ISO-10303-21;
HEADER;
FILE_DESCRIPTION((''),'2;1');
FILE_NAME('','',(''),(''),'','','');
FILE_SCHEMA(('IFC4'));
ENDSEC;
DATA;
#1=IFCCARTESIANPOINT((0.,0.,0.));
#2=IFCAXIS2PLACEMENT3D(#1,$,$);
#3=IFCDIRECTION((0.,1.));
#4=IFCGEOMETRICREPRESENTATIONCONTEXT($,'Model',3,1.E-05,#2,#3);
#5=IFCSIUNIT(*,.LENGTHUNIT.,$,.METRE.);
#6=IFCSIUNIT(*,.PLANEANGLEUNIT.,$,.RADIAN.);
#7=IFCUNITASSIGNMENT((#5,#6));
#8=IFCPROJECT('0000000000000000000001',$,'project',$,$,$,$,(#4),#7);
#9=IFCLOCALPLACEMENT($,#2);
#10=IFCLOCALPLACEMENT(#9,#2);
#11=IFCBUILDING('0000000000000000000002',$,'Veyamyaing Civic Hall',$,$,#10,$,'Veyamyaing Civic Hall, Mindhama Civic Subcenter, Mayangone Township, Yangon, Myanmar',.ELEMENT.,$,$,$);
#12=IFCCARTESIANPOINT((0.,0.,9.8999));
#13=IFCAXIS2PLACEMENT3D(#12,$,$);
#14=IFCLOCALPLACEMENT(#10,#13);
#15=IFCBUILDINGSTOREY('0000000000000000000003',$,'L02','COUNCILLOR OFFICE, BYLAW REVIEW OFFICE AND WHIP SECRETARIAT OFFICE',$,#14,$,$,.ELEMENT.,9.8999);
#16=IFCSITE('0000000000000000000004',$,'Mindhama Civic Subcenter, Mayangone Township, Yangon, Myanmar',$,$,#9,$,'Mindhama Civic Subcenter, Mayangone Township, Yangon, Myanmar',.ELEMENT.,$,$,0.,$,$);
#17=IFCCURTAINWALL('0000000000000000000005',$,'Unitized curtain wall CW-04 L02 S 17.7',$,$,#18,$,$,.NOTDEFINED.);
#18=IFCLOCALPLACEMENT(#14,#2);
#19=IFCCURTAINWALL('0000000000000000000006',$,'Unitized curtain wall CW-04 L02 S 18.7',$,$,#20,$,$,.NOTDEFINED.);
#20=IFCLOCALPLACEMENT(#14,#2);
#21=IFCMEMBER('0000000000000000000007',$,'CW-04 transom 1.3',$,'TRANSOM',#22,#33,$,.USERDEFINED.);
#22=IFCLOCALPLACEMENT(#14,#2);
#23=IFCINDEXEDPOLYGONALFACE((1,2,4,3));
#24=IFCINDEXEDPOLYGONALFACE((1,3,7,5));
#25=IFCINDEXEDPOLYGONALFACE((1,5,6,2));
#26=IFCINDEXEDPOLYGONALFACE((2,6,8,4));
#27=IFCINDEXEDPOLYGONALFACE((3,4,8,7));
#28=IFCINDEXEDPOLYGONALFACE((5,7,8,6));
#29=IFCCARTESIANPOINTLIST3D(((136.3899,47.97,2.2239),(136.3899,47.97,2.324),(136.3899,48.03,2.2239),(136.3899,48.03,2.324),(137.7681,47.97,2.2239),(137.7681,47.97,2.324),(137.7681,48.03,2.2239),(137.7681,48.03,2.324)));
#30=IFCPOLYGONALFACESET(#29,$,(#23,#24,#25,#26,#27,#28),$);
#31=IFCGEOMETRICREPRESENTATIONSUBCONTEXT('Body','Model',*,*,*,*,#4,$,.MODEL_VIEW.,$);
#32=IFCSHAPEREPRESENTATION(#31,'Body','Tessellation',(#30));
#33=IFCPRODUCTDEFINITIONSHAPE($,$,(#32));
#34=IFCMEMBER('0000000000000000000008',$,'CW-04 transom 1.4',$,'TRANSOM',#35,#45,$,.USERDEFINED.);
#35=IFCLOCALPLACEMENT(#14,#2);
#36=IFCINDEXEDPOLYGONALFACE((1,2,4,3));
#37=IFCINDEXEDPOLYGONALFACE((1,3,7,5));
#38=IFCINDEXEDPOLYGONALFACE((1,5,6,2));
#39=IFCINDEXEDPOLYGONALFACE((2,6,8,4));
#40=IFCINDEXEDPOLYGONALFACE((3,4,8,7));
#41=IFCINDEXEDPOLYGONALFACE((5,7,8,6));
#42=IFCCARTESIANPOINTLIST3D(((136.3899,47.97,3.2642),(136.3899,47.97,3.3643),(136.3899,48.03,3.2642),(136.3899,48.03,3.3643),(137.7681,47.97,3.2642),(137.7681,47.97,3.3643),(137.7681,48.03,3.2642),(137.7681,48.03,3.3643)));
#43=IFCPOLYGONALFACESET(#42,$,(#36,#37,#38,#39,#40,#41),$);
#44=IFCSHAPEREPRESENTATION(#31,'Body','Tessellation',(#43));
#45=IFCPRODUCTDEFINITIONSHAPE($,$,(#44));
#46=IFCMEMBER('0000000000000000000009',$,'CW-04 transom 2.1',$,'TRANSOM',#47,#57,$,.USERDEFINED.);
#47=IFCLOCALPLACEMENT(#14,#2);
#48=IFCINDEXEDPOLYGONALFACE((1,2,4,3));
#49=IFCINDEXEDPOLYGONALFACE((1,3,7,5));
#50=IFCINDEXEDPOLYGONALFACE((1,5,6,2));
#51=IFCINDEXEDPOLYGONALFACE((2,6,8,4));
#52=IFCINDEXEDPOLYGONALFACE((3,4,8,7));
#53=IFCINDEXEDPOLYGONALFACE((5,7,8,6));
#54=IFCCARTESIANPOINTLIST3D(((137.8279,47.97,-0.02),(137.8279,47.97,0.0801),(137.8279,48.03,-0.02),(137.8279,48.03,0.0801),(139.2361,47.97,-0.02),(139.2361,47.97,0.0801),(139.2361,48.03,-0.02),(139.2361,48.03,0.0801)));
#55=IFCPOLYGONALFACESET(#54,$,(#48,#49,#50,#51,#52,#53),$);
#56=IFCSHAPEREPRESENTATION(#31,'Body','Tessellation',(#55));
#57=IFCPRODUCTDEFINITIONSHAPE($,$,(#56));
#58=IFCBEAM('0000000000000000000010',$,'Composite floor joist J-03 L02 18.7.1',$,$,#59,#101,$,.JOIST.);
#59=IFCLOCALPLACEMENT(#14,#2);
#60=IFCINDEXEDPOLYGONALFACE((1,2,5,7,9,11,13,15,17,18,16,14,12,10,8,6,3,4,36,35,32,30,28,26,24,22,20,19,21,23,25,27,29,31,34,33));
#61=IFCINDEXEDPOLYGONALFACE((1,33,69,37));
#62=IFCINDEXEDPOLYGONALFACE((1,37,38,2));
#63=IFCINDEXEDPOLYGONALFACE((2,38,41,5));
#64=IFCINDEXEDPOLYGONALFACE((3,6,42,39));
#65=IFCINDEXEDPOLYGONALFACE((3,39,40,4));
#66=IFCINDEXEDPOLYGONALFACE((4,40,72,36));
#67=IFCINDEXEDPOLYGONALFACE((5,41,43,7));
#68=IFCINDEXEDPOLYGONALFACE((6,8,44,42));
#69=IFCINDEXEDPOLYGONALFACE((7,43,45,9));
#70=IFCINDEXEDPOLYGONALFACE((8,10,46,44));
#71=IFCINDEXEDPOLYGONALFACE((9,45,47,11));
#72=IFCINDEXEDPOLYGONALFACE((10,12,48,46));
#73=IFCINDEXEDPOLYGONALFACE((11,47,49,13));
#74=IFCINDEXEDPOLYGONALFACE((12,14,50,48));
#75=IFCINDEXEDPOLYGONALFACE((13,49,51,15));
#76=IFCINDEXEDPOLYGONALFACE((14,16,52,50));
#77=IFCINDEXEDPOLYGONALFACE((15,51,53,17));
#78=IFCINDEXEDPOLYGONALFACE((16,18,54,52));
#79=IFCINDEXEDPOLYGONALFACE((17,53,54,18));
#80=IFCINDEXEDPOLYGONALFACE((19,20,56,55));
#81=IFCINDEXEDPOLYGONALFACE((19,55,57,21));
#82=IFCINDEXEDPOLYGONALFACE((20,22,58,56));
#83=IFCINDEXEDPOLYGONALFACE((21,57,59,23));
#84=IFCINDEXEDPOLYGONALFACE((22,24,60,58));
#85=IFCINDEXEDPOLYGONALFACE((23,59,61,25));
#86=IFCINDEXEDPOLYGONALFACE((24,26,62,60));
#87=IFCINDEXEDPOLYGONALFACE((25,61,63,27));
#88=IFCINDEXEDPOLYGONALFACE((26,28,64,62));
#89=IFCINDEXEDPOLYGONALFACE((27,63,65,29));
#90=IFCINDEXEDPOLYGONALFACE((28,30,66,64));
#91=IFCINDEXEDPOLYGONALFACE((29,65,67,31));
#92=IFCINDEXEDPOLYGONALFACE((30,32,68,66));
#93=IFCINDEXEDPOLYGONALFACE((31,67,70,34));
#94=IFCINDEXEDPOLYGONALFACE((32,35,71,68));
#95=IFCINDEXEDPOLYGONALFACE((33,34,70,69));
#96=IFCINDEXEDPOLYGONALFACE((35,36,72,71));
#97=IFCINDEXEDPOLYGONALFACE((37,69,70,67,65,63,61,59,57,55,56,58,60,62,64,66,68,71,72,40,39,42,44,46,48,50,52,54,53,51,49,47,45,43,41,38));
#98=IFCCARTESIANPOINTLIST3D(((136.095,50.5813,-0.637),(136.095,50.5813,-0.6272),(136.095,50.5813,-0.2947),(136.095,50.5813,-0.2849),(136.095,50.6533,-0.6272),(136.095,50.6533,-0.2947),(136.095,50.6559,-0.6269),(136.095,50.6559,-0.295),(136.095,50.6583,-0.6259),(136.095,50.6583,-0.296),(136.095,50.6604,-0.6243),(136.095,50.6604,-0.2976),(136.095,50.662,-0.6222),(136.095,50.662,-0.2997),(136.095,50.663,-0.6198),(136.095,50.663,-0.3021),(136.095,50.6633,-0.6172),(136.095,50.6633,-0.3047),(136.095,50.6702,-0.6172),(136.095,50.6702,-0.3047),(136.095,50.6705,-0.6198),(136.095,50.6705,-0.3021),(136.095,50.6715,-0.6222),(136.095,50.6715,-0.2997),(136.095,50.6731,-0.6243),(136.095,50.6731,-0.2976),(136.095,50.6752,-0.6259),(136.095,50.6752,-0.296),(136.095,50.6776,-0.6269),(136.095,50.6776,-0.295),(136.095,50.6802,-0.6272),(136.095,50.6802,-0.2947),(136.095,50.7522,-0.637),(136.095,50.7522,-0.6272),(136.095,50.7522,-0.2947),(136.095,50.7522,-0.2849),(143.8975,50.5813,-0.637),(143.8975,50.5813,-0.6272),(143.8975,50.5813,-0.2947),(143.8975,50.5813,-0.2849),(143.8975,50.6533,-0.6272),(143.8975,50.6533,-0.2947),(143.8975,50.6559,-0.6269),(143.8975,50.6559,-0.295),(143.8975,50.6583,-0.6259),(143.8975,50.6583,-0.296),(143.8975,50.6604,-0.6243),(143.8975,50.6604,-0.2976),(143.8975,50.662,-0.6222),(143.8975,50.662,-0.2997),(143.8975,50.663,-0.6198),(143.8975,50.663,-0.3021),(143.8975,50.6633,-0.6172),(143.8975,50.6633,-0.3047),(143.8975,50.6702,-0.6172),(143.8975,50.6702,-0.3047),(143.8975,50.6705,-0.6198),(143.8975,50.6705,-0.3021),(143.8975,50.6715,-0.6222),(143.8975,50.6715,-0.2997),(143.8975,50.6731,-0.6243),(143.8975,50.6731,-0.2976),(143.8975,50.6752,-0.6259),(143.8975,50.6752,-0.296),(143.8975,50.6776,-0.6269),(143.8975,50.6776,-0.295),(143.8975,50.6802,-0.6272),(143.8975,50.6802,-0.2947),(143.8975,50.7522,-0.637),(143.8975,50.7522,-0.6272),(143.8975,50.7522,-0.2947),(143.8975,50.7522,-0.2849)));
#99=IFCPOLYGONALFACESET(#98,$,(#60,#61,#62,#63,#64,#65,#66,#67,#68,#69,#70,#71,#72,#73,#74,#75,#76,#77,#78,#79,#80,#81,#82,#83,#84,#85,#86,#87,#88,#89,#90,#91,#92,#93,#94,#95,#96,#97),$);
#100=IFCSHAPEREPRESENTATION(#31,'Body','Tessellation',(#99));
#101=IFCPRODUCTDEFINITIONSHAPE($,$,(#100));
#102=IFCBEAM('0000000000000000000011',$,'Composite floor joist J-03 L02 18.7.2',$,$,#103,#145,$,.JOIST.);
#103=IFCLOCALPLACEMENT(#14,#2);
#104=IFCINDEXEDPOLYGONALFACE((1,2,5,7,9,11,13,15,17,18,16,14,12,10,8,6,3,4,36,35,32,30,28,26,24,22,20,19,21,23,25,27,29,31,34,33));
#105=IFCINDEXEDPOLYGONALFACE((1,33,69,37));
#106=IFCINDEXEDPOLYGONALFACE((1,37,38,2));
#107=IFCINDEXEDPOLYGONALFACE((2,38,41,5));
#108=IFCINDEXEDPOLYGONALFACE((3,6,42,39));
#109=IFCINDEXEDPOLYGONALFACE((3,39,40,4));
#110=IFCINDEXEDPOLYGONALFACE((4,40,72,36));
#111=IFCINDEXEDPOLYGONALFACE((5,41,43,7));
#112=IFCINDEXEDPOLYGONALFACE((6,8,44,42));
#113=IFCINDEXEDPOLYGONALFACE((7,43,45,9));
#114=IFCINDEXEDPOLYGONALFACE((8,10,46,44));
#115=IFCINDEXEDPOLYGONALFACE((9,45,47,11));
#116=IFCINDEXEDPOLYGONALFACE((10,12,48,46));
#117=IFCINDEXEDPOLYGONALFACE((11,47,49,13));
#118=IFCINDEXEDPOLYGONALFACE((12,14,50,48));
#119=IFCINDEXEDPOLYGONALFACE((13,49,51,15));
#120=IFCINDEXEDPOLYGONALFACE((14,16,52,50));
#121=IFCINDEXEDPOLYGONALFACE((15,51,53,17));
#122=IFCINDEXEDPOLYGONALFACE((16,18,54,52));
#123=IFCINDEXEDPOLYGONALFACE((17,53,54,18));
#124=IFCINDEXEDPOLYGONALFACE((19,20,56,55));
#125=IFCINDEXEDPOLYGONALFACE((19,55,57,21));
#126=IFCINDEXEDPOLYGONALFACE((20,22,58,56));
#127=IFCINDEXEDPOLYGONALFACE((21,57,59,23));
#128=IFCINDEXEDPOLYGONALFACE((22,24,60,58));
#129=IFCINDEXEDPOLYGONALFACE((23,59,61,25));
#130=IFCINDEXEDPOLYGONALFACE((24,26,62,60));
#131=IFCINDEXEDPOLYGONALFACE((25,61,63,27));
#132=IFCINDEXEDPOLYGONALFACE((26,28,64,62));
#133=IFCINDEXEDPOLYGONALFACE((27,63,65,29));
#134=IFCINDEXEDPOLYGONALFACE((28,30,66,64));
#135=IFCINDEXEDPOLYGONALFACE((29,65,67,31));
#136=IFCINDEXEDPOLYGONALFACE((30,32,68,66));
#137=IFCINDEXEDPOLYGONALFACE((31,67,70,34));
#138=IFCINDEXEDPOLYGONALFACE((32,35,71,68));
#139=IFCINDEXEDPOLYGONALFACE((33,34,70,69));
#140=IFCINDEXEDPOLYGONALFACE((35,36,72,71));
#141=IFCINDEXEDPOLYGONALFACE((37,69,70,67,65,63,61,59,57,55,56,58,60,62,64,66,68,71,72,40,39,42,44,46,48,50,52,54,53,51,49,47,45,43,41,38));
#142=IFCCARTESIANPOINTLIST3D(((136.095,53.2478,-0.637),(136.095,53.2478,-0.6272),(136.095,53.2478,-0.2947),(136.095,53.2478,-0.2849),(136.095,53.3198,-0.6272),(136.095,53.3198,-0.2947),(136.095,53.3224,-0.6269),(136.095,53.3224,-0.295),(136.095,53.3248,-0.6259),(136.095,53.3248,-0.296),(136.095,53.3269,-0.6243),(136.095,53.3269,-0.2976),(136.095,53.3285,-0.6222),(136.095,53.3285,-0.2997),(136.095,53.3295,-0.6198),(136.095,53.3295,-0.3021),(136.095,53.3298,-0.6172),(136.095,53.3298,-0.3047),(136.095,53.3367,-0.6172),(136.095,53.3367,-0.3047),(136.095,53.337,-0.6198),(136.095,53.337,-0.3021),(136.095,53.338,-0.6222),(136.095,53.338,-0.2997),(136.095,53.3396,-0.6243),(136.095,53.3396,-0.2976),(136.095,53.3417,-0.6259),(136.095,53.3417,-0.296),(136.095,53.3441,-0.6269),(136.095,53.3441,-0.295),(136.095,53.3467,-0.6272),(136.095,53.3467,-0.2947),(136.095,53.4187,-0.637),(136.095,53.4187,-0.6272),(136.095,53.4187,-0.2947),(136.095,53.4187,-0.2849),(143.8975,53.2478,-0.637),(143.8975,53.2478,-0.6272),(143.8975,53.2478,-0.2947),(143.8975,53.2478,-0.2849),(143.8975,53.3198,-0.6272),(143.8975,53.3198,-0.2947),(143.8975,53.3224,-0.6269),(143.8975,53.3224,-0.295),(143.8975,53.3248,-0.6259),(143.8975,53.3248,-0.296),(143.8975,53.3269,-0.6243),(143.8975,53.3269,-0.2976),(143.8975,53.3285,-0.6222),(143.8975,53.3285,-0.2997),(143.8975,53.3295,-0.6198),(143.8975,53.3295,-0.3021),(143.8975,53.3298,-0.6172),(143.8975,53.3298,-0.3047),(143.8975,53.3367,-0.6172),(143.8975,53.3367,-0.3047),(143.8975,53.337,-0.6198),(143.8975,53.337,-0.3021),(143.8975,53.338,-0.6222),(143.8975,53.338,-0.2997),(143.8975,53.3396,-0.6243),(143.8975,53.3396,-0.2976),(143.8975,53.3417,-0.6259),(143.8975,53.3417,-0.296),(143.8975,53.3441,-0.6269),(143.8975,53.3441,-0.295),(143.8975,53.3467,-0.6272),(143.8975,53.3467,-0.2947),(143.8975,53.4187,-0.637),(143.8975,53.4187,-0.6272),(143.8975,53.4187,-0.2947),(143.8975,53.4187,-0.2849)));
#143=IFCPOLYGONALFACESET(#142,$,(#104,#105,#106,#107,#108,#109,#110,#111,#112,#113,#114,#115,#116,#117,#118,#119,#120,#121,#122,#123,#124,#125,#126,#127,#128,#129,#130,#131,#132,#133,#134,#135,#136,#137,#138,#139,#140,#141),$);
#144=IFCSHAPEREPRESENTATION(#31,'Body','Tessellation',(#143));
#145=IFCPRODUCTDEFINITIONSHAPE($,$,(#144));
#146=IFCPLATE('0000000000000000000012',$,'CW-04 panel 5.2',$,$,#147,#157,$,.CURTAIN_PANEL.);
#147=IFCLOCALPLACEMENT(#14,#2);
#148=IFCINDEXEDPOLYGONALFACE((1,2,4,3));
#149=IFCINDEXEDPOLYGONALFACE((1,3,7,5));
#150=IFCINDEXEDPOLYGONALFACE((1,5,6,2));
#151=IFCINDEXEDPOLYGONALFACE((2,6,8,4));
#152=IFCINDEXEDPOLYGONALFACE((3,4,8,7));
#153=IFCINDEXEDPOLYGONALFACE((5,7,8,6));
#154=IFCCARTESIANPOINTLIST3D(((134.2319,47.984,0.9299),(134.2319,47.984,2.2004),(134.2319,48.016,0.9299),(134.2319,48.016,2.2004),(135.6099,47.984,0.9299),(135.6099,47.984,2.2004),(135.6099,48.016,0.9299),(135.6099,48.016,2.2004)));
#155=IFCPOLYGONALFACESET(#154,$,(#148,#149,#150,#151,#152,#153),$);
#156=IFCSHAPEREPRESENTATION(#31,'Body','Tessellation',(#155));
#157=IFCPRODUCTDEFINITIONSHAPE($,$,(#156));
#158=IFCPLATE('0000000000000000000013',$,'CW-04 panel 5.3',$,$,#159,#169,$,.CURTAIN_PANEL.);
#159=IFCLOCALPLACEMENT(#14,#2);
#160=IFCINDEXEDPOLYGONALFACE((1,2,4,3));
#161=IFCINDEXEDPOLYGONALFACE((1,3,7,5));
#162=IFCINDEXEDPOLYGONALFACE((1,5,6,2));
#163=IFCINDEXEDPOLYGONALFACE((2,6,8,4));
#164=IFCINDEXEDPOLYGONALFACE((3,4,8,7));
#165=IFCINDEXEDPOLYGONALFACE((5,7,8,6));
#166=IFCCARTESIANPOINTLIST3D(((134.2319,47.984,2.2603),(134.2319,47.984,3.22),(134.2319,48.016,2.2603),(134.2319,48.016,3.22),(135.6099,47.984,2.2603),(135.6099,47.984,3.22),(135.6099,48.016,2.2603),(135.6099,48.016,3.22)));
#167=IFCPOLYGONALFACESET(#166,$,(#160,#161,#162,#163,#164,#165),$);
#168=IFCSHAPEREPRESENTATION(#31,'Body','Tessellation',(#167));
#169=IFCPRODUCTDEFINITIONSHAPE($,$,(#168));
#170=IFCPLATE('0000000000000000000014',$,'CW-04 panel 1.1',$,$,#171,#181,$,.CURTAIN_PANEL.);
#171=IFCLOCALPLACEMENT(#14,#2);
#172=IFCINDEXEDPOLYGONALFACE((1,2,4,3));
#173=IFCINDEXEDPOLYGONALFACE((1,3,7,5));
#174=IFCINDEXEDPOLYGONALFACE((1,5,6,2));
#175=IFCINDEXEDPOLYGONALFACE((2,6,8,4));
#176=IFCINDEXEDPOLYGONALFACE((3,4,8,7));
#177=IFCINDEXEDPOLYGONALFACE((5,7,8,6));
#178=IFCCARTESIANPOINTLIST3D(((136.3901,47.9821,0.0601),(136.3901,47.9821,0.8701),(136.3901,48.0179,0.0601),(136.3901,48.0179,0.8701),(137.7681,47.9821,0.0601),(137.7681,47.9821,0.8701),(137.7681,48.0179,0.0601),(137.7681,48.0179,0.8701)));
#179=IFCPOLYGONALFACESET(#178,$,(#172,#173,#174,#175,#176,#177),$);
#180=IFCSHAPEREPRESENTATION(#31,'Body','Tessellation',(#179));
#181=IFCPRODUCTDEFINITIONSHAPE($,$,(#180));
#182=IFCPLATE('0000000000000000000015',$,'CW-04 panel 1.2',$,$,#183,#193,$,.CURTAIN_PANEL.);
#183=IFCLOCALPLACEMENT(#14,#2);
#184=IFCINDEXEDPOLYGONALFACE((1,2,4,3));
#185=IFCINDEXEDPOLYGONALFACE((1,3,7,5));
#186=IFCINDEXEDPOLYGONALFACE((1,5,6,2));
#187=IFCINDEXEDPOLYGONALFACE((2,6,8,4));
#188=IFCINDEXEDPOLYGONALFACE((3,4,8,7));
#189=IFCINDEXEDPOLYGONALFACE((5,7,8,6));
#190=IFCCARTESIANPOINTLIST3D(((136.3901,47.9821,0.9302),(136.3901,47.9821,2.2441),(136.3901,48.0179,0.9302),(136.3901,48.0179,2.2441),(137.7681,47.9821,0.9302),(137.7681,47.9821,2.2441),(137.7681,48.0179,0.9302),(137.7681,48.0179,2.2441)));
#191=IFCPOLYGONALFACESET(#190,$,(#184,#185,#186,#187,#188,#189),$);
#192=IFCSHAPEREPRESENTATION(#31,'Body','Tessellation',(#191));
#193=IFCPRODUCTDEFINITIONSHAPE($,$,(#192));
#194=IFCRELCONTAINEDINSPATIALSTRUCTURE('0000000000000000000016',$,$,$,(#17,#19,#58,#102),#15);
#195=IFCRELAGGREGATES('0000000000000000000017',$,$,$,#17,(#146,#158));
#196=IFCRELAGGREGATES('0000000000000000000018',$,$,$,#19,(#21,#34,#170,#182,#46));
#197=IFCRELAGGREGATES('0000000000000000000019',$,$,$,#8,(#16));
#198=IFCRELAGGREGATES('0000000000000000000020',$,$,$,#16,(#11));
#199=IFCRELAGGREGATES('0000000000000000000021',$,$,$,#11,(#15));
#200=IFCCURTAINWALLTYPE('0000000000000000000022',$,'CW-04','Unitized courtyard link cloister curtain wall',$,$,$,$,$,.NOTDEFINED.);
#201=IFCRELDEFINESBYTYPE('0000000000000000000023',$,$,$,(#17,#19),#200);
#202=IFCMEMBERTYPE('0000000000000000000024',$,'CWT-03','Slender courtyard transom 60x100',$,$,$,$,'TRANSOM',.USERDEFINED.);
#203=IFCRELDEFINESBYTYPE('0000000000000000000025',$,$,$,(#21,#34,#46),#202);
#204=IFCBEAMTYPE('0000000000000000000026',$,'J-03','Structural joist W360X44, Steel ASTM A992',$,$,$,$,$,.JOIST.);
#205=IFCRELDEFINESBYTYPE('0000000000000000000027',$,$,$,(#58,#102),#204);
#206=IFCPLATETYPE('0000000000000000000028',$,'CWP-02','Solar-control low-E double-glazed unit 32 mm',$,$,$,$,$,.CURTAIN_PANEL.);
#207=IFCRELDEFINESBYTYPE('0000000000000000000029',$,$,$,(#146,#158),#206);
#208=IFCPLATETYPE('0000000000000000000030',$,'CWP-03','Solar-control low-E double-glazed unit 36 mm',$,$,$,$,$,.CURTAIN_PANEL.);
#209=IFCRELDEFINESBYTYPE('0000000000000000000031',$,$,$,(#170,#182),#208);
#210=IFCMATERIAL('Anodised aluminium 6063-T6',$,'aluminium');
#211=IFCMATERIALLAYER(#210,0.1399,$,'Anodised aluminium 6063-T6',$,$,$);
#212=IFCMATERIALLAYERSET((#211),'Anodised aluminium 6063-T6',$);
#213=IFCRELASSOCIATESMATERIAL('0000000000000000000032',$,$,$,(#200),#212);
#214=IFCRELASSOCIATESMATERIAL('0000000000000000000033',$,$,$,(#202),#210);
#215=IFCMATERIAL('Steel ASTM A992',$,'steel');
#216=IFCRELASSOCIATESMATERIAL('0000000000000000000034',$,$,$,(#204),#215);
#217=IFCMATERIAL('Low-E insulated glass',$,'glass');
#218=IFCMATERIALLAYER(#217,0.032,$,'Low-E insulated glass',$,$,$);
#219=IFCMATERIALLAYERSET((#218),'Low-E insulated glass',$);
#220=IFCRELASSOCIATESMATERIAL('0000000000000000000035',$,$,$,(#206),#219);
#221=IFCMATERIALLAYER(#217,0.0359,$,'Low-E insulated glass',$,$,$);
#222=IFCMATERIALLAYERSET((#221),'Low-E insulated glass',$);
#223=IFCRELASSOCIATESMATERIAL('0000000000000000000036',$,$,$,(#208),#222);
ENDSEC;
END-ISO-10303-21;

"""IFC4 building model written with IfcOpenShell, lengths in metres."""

from ifc_helpers import new_model, si_unit, direction, frame, origin, origin_2d, place, context, subcontext, project, spatial, rectangle, i_section, extrude, material, layer, layer_set, material_profile, profile_set, type_object, element, aggregate, save


model = new_model("IFC4")

# Units and contexts
model_context = context("Model", 3, precision=1e-05, world=origin(), true_north=direction((0.0, 1.0)))
body_context = subcontext(model_context, "Body", "Model", "MODEL_VIEW")
ifc_project = project(units=[si_unit("LENGTHUNIT", "METRE"), si_unit("PLANEANGLEUNIT", "RADIAN")], contexts=[model_context])

# Site, building, storey
site_placement = place(None, origin())
site = spatial("IfcSite", under=ifc_project, at=site_placement, Name="Mindhama Civic Subcenter, Mayangone Township, Yangon, Myanmar", LongName="Mindhama Civic Subcenter, Mayangone Township, Yangon, Myanmar", CompositionType="ELEMENT", RefElevation=0.0)
building_placement = place(site_placement, origin())
building = spatial("IfcBuilding", under=site, at=building_placement, Name="Veyamyaing Civic Hall", LongName="Veyamyaing Civic Hall, Mindhama Civic Subcenter, Mayangone Township, Yangon, Myanmar", CompositionType="ELEMENT")
storey_placement = place(building_placement, frame((0.0, 0.0, 9.8999)))
storey = spatial("IfcBuildingStorey", under=building, at=storey_placement, Name="L02", Description="COUNCILLOR OFFICE, BYLAW REVIEW OFFICE AND WHIP SECRETARIAT OFFICE", CompositionType="ELEMENT", Elevation=9.8999)

# Shared definitions
ifc_material_1 = material(Name="Steel ASTM A992", Category="steel")

# Curtain wall
ifc_material_2 = material(Name="Anodised aluminium 6063-T6", Category="aluminium")
ifc_layer_1 = layer(ifc_material_2, 0.1399, Name="Anodised aluminium 6063-T6")
ifc_layer_set_1 = layer_set([ifc_layer_1], Name="Anodised aluminium 6063-T6")
curtain_wall_type = type_object("IfcCurtainWallType", Name="CW-04", Description="Unitized courtyard link cloister curtain wall", PredefinedType="NOTDEFINED", material=ifc_layer_set_1)
curtain_wall_1_placement = place(storey_placement, origin())
curtain_wall_1 = element("IfcCurtainWall", 1, at=curtain_wall_1_placement, inside=storey, type_object=curtain_wall_type, Name="Unitized curtain wall CW-04 L02 S 17.7", PredefinedType="NOTDEFINED")

# Curtain wall, members
curtain_wall_2_placement = place(storey_placement, origin())
curtain_wall_2 = element("IfcCurtainWall", 2, at=curtain_wall_2_placement, inside=storey, type_object=curtain_wall_type, Name="Unitized curtain wall CW-04 L02 S 18.7", PredefinedType="NOTDEFINED")
ifc_material_profile_1 = material_profile(ifc_material_2, rectangle(XDim=0.0601, YDim=0.1001, at=origin_2d()), Name="ALU-TRN-60X100")
ifc_profile_set_1 = profile_set([ifc_material_profile_1], Name="Anodised aluminium 6063-T6")
member_type_1 = type_object("IfcMemberType", Name="CWT-03", Description="Slender courtyard transom 60x100", ElementType="TRANSOM", PredefinedType="USERDEFINED", material=ifc_profile_set_1)
member_1_placement = place(storey_placement, frame((136.3899, 48.0, 2.2739), z_axis=(1.0, 0.0, 0.0), x_axis=(0.0, 1.0, 0.0)))
member_1 = element("IfcMember", 3, at=member_1_placement, type_object=member_type_1, Name="CW-04 transom 1.3", ObjectType="TRANSOM", PredefinedType="USERDEFINED", context=body_context, shape_type="SweptSolid", body=[
    extrude(rectangle(XDim=0.0601, YDim=0.1001, at=origin_2d()), origin(), (0.0, 0.0, 1.0), 1.3782),
])
member_2_placement = place(storey_placement, frame((136.3899, 48.0, 3.3142), z_axis=(1.0, 0.0, 0.0), x_axis=(0.0, 1.0, 0.0)))
member_2 = element("IfcMember", 4, at=member_2_placement, type_object=member_type_1, Name="CW-04 transom 1.4", ObjectType="TRANSOM", PredefinedType="USERDEFINED", context=body_context, shape_type="SweptSolid", body=[
    extrude(rectangle(XDim=0.0601, YDim=0.1001, at=origin_2d()), origin(), (0.0, 0.0, 1.0), 1.3782),
])
member_3_placement = place(storey_placement, frame((137.8279, 48.0, 0.03), z_axis=(1.0, 0.0, 0.0), x_axis=(0.0, 1.0, 0.0)))
member_3 = element("IfcMember", 5, at=member_3_placement, type_object=member_type_1, Name="CW-04 transom 2.1", ObjectType="TRANSOM", PredefinedType="USERDEFINED", context=body_context, shape_type="SweptSolid", body=[
    extrude(rectangle(XDim=0.0601, YDim=0.1001, at=origin_2d()), origin(), (0.0, 0.0, 1.0), 1.4082),
])

# Beams
ifc_material_profile_2 = material_profile(ifc_material_1, i_section(OverallWidth=0.1709, OverallDepth=0.3521, WebThickness=0.0068, FlangeThickness=0.0098, FilletRadius=0.01, at=origin_2d()), Name="W360X44")
ifc_profile_set_2 = profile_set([ifc_material_profile_2], Name="Steel ASTM A992")
beam_type_1 = type_object("IfcBeamType", Name="J-03", Description="Structural joist W360X44, Steel ASTM A992", PredefinedType="JOIST", material=ifc_profile_set_2)
for number, where, z_axis, x_axis, name in (
    (6, (136.095, 50.6667, -0.4609), (1.0, 0.0, 0.0), (0.0, 1.0, 0.0), "Composite floor joist J-03 L02 18.7.1"),
    (7, (136.095, 53.3333, -0.4609), (1.0, 0.0, 0.0), (0.0, 1.0, 0.0), "Composite floor joist J-03 L02 18.7.2"),
):
    element("IfcBeam", number, at=place(storey_placement, frame(where, z_axis=z_axis, x_axis=x_axis)), inside=storey, type_object=beam_type_1, Name=name, PredefinedType="JOIST", context=body_context, shape_type="SweptSolid", body=[
        extrude(i_section(OverallWidth=0.1709, OverallDepth=0.3521, WebThickness=0.0068, FlangeThickness=0.0098, FilletRadius=0.01, at=origin_2d()), origin(), (0.0, 0.0, 1.0), 7.8025),
    ])

# Plates
ifc_material_3 = material(Name="Low-E insulated glass", Category="glass")
ifc_layer_2 = layer(ifc_material_3, 0.032, Name="Low-E insulated glass")
ifc_layer_set_2 = layer_set([ifc_layer_2], Name="Low-E insulated glass")
plate_type_1 = type_object("IfcPlateType", Name="CWP-02", Description="Solar-control low-E double-glazed unit 32 mm", PredefinedType="CURTAIN_PANEL", material=ifc_layer_set_2)
plate_1_placement = place(storey_placement, frame((134.9209, 48.0, 0.9299), z_axis=(0.0, 0.0, 1.0), x_axis=(1.0, 0.0, 0.0)))
plate_1 = element("IfcPlate", 8, at=plate_1_placement, type_object=plate_type_1, Name="CW-04 panel 5.2", PredefinedType="CURTAIN_PANEL", context=body_context, shape_type="SweptSolid", body=[
    extrude(rectangle(XDim=1.3779, YDim=0.032, at=origin_2d()), origin(), (0.0, 0.0, 1.0), 1.2705),
])
plate_2_placement = place(storey_placement, frame((134.9209, 48.0, 2.2603), z_axis=(0.0, 0.0, 1.0), x_axis=(1.0, 0.0, 0.0)))
plate_2 = element("IfcPlate", 9, at=plate_2_placement, type_object=plate_type_1, Name="CW-04 panel 5.3", PredefinedType="CURTAIN_PANEL", context=body_context, shape_type="SweptSolid", body=[
    extrude(rectangle(XDim=1.3779, YDim=0.032, at=origin_2d()), origin(), (0.0, 0.0, 1.0), 0.9597),
])
aggregate(curtain_wall_1, [plate_1, plate_2])
ifc_layer_3 = layer(ifc_material_3, 0.0359, Name="Low-E insulated glass")
ifc_layer_set_3 = layer_set([ifc_layer_3], Name="Low-E insulated glass")
plate_type_2 = type_object("IfcPlateType", Name="CWP-03", Description="Solar-control low-E double-glazed unit 36 mm", PredefinedType="CURTAIN_PANEL", material=ifc_layer_set_3)
plate_3_placement = place(storey_placement, frame((137.0791, 48.0, 0.0601), z_axis=(0.0, 0.0, 1.0), x_axis=(1.0, 0.0, 0.0)))
plate_3 = element("IfcPlate", 10, at=plate_3_placement, type_object=plate_type_2, Name="CW-04 panel 1.1", PredefinedType="CURTAIN_PANEL", context=body_context, shape_type="SweptSolid", body=[
    extrude(rectangle(XDim=1.3779, YDim=0.0359, at=origin_2d()), origin(), (0.0, 0.0, 1.0), 0.8101),
])
plate_4_placement = place(storey_placement, frame((137.0791, 48.0, 0.9302), z_axis=(0.0, 0.0, 1.0), x_axis=(1.0, 0.0, 0.0)))
plate_4 = element("IfcPlate", 11, at=plate_4_placement, type_object=plate_type_2, Name="CW-04 panel 1.2", PredefinedType="CURTAIN_PANEL", context=body_context, shape_type="SweptSolid", body=[
    extrude(rectangle(XDim=1.3779, YDim=0.0359, at=origin_2d()), origin(), (0.0, 0.0, 1.0), 1.314),
])
aggregate(curtain_wall_2, [member_1, member_2, plate_3, plate_4, member_3])

save(model, "model.ifc")
